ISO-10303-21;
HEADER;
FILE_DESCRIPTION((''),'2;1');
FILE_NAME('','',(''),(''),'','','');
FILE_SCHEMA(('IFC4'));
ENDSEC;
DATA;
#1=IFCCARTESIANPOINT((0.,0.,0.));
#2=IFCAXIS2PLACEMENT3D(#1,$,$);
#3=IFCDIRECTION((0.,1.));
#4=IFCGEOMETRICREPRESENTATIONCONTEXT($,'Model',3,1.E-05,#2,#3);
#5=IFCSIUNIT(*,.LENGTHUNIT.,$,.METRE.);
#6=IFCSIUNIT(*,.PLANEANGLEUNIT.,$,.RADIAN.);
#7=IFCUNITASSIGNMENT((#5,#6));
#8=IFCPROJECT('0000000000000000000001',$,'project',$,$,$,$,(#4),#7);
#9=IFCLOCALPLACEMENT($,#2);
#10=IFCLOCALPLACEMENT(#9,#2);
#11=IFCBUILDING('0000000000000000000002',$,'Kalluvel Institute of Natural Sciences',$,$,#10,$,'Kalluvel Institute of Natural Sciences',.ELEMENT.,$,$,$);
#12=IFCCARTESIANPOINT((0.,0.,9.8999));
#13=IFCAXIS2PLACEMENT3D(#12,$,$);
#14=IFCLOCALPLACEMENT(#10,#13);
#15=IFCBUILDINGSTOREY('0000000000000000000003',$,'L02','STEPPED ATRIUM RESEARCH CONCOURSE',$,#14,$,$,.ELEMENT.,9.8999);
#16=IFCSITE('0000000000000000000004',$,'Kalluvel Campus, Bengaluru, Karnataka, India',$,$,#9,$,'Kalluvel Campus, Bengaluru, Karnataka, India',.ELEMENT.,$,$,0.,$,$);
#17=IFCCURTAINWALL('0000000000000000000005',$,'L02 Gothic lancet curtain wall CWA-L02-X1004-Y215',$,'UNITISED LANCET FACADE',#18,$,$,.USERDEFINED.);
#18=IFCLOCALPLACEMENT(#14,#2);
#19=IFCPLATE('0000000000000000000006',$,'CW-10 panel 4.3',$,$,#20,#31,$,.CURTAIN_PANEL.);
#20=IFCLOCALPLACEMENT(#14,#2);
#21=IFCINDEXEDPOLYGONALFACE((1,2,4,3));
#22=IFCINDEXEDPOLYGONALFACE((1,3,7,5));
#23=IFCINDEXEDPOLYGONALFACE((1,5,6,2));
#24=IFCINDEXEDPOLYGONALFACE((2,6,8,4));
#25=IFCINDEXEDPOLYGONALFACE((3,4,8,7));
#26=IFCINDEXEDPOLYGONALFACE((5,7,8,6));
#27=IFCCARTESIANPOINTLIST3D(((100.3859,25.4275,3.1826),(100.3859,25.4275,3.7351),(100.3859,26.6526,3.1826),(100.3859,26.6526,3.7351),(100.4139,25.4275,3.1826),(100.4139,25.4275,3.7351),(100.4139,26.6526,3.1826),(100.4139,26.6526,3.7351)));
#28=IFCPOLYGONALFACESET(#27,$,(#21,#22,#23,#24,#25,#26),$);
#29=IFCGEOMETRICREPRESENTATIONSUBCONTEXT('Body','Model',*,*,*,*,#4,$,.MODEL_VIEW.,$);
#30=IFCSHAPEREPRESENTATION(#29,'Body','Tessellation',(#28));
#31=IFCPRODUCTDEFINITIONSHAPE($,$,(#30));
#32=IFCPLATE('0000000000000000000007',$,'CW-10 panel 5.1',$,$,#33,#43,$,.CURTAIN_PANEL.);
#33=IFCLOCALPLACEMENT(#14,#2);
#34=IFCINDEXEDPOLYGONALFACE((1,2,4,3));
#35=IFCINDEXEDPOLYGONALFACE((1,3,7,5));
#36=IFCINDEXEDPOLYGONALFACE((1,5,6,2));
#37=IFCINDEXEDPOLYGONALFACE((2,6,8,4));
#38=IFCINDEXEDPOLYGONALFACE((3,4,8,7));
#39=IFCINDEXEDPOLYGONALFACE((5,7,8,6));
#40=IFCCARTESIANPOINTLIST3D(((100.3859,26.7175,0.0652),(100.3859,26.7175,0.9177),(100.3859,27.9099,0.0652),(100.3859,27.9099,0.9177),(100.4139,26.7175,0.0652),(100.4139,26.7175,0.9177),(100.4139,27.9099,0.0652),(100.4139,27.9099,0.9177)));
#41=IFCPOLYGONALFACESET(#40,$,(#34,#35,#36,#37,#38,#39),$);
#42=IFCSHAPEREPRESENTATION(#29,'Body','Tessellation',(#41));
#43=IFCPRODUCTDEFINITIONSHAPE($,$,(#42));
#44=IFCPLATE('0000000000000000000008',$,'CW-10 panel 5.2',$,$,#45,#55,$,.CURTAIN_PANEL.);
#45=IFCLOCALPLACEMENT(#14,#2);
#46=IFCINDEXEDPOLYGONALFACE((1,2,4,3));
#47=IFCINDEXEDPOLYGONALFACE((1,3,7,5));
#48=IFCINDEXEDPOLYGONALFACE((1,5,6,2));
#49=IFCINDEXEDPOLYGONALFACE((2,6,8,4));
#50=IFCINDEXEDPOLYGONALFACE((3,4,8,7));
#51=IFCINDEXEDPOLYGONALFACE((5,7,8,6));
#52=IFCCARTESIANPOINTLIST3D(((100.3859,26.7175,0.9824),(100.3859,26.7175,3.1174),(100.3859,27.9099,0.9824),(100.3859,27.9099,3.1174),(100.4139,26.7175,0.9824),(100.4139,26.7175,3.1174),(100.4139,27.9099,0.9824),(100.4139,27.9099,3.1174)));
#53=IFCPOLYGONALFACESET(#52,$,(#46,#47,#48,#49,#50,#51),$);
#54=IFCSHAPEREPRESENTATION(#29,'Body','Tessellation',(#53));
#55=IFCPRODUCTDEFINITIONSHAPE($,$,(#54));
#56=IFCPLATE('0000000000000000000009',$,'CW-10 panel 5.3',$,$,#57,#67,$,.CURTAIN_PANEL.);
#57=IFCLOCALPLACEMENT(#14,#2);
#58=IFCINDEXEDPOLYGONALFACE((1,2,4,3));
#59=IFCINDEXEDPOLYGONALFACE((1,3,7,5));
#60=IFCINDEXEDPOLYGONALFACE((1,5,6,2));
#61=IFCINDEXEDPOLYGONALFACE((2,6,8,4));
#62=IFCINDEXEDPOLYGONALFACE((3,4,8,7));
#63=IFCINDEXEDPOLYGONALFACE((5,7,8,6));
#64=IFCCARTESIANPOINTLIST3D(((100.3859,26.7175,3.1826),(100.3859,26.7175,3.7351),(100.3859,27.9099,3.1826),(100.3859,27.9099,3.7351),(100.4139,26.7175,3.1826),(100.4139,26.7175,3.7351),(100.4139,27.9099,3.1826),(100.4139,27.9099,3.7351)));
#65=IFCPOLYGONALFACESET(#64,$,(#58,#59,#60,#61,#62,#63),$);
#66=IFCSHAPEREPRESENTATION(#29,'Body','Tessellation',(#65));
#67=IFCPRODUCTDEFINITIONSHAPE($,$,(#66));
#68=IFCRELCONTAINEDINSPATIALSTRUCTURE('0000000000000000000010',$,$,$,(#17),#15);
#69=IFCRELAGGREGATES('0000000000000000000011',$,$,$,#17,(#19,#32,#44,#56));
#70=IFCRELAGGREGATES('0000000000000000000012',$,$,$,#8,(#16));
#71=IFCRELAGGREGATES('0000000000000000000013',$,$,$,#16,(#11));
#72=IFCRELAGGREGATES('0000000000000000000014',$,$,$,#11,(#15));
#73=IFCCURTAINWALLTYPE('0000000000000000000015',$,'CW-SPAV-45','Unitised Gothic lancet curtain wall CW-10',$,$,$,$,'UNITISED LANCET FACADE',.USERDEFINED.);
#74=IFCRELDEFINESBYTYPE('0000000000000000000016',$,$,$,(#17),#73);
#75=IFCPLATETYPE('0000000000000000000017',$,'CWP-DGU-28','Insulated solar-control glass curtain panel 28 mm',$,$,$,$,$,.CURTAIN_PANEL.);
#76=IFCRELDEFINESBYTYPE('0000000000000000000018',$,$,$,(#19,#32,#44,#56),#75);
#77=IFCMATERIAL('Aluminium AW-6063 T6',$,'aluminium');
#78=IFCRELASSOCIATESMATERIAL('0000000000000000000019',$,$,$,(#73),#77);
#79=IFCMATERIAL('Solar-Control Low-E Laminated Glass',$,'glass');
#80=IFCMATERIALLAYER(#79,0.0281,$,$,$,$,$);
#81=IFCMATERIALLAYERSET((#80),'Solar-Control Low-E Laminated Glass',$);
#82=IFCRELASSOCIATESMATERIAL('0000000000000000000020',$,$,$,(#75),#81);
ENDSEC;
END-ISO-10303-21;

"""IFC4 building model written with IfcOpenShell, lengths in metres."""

from ifc_helpers import new_model, si_unit, direction, frame, origin, origin_2d, place, context, subcontext, project, spatial, rectangle, extrude, material, layer, layer_set, type_object, element, aggregate, save


model = new_model("IFC4")

# Units and contexts
model_context = context("Model", 3, precision=1e-05, world=origin(), true_north=direction((0.0, 1.0)))
body_context = subcontext(model_context, "Body", "Model", "MODEL_VIEW")
ifc_project = project(units=[si_unit("LENGTHUNIT", "METRE"), si_unit("PLANEANGLEUNIT", "RADIAN")], contexts=[model_context])

# Site, building, storey
site_placement = place(None, origin())
site = spatial("IfcSite", under=ifc_project, at=site_placement, Name="Kalluvel Campus, Bengaluru, Karnataka, India", LongName="Kalluvel Campus, Bengaluru, Karnataka, India", CompositionType="ELEMENT", RefElevation=0.0)
building_placement = place(site_placement, origin())
building = spatial("IfcBuilding", under=site, at=building_placement, Name="Kalluvel Institute of Natural Sciences", LongName="Kalluvel Institute of Natural Sciences", CompositionType="ELEMENT")
storey_placement = place(building_placement, frame((0.0, 0.0, 9.8999)))
storey = spatial("IfcBuildingStorey", under=building, at=storey_placement, Name="L02", Description="STEPPED ATRIUM RESEARCH CONCOURSE", CompositionType="ELEMENT", Elevation=9.8999)

# Curtain wall, plates
ifc_material_1 = material(Name="Aluminium AW-6063 T6", Category="aluminium")
curtain_wall_type = type_object("IfcCurtainWallType", Name="CW-SPAV-45", Description="Unitised Gothic lancet curtain wall CW-10", ElementType="UNITISED LANCET FACADE", PredefinedType="USERDEFINED", material=ifc_material_1)
curtain_wall_placement = place(storey_placement, origin())
curtain_wall = element("IfcCurtainWall", 1, at=curtain_wall_placement, inside=storey, type_object=curtain_wall_type, Name="L02 Gothic lancet curtain wall CWA-L02-X1004-Y215", ObjectType="UNITISED LANCET FACADE", PredefinedType="USERDEFINED")
ifc_material_2 = material(Name="Solar-Control Low-E Laminated Glass", Category="glass")
ifc_layer = layer(ifc_material_2, 0.0281)
ifc_layer_set = layer_set([ifc_layer], Name="Solar-Control Low-E Laminated Glass")
plate_type = type_object("IfcPlateType", Name="CWP-DGU-28", Description="Insulated solar-control glass curtain panel 28 mm", PredefinedType="CURTAIN_PANEL", material=ifc_layer_set)
plate_1_placement = place(storey_placement, frame((100.3999, 26.04, 3.1826), z_axis=(0.0, 0.0, 1.0), x_axis=(0.0, 1.0, 0.0)))
plate_1 = element("IfcPlate", 2, at=plate_1_placement, type_object=plate_type, Name="CW-10 panel 4.3", PredefinedType="CURTAIN_PANEL", context=body_context, shape_type="SweptSolid", body=[
    extrude(rectangle(XDim=1.2251, YDim=0.0281, at=origin_2d()), origin(), (0.0, 0.0, 1.0), 0.5525),
])
plate_2_placement = place(storey_placement, frame((100.3999, 27.3137, 0.0652), z_axis=(0.0, 0.0, 1.0), x_axis=(0.0, 1.0, 0.0)))
plate_2 = element("IfcPlate", 3, at=plate_2_placement, type_object=plate_type, Name="CW-10 panel 5.1", PredefinedType="CURTAIN_PANEL", context=body_context, shape_type="SweptSolid", body=[
    extrude(rectangle(XDim=1.1924, YDim=0.0281, at=origin_2d()), origin(), (0.0, 0.0, 1.0), 0.8525),
])
plate_3_placement = place(storey_placement, frame((100.3999, 27.3137, 0.9824), z_axis=(0.0, 0.0, 1.0), x_axis=(0.0, 1.0, 0.0)))
plate_3 = element("IfcPlate", 4, at=plate_3_placement, type_object=plate_type, Name="CW-10 panel 5.2", PredefinedType="CURTAIN_PANEL", context=body_context, shape_type="SweptSolid", body=[
    extrude(rectangle(XDim=1.1924, YDim=0.0281, at=origin_2d()), origin(), (0.0, 0.0, 1.0), 2.135),
])
plate_4_placement = place(storey_placement, frame((100.3999, 27.3137, 3.1826), z_axis=(0.0, 0.0, 1.0), x_axis=(0.0, 1.0, 0.0)))
plate_4 = element("IfcPlate", 5, at=plate_4_placement, type_object=plate_type, Name="CW-10 panel 5.3", PredefinedType="CURTAIN_PANEL", context=body_context, shape_type="SweptSolid", body=[
    extrude(rectangle(XDim=1.1924, YDim=0.0281, at=origin_2d()), origin(), (0.0, 0.0, 1.0), 0.5525),
])
aggregate(curtain_wall, [plate_1, plate_2, plate_3, plate_4])

save(model, "model.ifc")
